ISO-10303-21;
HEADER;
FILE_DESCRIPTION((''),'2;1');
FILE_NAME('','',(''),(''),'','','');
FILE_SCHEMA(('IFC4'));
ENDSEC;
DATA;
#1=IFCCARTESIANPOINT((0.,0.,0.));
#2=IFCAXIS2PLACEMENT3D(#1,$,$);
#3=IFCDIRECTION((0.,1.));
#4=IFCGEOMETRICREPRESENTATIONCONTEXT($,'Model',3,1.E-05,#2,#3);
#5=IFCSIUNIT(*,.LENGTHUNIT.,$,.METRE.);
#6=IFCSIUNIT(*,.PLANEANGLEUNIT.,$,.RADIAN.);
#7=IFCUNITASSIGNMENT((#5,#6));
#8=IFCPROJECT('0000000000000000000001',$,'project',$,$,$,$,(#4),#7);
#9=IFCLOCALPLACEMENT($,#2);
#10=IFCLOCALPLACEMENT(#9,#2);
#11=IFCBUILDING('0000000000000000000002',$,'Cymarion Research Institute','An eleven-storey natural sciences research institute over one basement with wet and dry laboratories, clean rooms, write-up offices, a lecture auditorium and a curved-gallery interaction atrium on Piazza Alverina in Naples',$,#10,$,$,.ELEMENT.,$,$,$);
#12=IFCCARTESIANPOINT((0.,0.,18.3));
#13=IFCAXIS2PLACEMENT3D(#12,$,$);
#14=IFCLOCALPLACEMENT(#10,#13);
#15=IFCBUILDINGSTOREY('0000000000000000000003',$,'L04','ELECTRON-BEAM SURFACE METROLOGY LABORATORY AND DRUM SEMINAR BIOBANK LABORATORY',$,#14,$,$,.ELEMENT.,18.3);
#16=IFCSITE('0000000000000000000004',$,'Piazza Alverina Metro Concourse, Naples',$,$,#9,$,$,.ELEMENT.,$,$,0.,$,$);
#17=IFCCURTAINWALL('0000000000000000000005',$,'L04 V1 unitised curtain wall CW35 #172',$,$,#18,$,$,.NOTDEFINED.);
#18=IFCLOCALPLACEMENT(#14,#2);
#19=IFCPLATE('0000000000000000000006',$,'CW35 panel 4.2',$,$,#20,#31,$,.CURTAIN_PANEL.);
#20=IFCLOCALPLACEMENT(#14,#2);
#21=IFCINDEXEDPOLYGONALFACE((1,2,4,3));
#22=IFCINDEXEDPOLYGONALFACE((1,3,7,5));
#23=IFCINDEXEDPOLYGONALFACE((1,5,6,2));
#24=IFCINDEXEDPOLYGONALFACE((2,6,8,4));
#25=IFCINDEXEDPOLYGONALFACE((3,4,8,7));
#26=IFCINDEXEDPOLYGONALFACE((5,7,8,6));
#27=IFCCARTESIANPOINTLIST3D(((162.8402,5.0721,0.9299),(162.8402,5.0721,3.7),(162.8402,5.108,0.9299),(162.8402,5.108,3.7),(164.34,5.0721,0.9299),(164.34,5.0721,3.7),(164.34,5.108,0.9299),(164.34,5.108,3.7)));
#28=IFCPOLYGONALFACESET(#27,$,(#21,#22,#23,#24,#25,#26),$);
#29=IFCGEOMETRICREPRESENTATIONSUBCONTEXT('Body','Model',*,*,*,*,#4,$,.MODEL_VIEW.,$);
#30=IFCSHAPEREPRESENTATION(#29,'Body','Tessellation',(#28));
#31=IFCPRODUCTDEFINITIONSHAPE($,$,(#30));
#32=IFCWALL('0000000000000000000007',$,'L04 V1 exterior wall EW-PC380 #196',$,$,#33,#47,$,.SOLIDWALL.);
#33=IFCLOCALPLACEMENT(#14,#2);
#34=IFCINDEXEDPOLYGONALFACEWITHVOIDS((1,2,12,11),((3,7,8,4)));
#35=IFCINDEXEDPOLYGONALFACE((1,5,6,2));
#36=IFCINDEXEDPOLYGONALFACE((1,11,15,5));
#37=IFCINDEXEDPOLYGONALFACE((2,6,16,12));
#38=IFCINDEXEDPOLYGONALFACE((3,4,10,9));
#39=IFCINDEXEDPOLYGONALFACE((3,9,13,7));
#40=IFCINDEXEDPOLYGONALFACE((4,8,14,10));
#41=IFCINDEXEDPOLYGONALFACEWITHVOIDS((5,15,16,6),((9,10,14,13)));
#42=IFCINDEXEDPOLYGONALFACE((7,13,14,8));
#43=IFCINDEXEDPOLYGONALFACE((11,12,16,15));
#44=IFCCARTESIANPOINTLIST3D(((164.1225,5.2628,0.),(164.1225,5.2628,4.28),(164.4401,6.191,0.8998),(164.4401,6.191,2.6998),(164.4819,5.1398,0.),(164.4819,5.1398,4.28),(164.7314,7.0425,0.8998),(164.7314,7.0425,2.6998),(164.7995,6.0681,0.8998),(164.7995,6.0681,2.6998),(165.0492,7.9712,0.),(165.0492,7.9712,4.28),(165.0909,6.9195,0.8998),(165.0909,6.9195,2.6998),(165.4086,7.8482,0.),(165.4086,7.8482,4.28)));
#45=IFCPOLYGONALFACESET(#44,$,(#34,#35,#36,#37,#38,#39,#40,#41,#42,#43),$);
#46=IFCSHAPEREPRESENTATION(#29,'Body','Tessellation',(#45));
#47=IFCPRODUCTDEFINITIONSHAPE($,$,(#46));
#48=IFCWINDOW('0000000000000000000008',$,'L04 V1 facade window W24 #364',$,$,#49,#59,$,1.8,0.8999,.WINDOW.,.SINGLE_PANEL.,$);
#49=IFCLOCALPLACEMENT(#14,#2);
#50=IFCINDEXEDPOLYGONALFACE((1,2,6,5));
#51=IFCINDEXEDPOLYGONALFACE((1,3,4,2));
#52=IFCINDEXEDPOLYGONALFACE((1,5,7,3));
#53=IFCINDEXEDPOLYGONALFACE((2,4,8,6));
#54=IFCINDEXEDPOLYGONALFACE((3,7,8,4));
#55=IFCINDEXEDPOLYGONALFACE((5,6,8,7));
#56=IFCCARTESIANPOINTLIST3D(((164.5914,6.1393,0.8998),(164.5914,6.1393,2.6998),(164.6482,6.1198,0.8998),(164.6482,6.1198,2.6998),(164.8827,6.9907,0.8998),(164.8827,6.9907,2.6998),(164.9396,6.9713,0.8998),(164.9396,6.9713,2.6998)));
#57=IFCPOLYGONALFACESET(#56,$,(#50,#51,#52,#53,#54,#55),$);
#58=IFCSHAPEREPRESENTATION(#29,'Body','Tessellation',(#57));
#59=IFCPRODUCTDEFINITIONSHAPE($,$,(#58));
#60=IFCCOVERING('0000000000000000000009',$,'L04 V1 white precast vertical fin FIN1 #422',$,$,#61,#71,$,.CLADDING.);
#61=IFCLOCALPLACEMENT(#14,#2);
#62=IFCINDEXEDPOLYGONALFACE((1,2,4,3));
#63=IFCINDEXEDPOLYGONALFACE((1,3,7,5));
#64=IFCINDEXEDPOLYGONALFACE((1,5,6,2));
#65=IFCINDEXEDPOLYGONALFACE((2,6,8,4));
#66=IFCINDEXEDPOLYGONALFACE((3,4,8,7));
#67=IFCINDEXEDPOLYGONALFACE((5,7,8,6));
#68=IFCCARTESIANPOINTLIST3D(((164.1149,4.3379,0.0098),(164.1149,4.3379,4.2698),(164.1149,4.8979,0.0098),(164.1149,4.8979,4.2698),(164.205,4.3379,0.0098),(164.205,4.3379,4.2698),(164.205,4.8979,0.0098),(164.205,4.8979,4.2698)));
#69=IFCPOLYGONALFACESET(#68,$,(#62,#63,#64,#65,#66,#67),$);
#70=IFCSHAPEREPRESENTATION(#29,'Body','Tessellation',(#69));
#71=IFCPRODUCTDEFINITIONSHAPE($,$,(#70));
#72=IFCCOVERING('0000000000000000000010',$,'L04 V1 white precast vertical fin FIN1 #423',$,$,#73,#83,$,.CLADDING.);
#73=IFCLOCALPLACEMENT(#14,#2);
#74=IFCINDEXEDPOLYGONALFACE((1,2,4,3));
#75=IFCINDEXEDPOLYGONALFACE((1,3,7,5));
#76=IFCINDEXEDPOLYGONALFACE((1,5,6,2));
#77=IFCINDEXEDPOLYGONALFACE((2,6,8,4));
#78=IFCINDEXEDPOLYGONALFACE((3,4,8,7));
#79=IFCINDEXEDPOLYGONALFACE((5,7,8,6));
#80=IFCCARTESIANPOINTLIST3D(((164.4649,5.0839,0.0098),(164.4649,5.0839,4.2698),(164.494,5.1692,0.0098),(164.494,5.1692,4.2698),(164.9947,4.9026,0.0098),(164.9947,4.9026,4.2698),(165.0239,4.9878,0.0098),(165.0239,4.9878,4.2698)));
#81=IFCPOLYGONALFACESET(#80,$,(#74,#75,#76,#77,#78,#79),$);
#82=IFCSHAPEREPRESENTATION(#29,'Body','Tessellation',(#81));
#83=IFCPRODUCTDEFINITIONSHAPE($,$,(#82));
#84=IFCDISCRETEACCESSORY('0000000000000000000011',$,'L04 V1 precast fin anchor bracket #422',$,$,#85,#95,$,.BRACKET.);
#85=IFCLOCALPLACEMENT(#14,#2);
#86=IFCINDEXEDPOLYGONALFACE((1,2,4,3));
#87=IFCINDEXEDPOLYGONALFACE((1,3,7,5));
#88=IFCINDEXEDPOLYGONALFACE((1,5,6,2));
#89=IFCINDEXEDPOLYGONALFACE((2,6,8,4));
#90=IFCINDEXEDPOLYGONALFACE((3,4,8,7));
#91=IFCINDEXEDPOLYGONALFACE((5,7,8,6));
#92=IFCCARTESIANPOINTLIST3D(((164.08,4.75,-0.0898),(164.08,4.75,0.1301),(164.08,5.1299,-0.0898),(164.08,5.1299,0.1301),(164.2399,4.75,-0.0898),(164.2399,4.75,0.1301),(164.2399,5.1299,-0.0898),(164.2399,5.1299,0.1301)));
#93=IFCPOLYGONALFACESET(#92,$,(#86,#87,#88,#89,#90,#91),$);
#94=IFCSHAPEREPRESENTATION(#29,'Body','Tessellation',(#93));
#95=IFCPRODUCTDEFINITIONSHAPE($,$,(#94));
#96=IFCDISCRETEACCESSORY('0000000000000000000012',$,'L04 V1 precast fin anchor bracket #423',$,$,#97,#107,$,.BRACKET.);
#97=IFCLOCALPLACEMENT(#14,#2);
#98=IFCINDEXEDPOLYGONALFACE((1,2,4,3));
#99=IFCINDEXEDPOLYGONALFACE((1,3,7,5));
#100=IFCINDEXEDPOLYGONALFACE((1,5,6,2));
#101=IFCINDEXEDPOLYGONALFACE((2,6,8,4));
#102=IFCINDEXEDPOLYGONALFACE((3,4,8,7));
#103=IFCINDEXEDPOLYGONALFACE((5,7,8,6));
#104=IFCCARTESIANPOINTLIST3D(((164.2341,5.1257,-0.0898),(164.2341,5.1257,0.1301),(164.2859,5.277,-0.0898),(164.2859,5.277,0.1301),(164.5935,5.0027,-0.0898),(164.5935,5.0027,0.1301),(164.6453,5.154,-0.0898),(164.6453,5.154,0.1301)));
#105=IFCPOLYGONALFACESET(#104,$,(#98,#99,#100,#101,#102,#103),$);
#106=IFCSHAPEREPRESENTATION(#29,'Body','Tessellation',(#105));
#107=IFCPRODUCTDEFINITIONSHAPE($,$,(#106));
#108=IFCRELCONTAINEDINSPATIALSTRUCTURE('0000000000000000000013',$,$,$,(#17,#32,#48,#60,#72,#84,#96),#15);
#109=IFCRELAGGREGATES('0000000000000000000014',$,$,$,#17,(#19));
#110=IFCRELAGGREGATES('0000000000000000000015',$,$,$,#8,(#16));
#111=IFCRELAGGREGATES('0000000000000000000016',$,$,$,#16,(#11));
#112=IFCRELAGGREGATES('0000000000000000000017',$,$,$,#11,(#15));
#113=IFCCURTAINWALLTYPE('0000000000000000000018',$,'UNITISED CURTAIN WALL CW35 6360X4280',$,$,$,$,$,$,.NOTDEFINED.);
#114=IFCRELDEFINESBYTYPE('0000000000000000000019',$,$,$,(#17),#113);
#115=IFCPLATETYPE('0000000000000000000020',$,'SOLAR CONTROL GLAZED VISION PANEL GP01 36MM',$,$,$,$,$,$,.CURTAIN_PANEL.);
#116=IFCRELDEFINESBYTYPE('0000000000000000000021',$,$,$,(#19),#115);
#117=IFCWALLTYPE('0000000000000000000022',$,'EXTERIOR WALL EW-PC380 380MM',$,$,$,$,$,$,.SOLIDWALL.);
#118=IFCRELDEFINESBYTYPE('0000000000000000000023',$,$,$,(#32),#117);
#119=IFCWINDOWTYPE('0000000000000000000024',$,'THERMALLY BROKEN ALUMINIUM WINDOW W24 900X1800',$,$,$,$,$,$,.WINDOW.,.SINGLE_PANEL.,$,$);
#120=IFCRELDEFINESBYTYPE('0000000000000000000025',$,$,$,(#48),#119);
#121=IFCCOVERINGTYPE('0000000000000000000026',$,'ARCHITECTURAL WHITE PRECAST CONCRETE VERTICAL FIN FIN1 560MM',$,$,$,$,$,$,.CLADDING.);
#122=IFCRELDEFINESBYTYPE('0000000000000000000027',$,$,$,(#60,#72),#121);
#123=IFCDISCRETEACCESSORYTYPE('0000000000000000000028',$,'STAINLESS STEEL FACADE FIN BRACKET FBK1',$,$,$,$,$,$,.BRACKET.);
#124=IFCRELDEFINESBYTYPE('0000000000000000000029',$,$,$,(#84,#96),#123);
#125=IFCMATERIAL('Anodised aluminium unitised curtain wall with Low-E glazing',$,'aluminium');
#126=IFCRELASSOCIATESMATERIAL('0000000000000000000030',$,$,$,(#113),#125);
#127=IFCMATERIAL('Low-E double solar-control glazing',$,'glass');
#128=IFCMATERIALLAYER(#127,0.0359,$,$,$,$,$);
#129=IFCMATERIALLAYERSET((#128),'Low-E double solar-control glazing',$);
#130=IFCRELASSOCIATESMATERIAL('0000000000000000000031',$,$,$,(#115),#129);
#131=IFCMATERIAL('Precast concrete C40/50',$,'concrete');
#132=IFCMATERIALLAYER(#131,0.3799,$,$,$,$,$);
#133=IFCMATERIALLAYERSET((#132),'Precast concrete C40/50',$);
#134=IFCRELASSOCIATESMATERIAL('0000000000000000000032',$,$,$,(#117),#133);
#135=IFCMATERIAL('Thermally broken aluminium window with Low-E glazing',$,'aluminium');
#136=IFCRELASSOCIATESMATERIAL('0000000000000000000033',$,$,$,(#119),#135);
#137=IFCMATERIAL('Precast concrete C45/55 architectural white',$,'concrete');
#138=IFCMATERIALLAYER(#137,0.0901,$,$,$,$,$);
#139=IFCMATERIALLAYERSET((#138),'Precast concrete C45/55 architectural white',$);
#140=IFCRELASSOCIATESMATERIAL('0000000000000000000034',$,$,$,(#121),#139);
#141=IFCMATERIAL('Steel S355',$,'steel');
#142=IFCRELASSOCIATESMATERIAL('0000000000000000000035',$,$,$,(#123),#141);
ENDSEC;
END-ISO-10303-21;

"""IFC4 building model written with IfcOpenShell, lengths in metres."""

from ifc_helpers import new_model, si_unit, direction, frame, frame_2d, origin, origin_2d, place, context, subcontext, project, spatial, rectangle, extrude, material, layer, layer_set, type_object, element, fill, aggregate, save


model = new_model("IFC4")

# Units and contexts
model_context = context("Model", 3, precision=1e-05, world=origin(), true_north=direction((0.0, 1.0)))
body_context = subcontext(model_context, "Body", "Model", "MODEL_VIEW")
ifc_project = project(units=[si_unit("LENGTHUNIT", "METRE"), si_unit("PLANEANGLEUNIT", "RADIAN")], contexts=[model_context])

# Site, building, storey
site_placement = place(None, origin())
site = spatial("IfcSite", under=ifc_project, at=site_placement, Name="Piazza Alverina Metro Concourse, Naples", CompositionType="ELEMENT", RefElevation=0.0)
building_placement = place(site_placement, origin())
building = spatial("IfcBuilding", under=site, at=building_placement, Name="Cymarion Research Institute", Description="An eleven-storey natural sciences research institute over one basement with wet and dry laboratories, clean rooms, write-up offices, a lecture auditorium and a curved-gallery interaction atrium on Piazza Alverina in Naples", CompositionType="ELEMENT")
storey_placement = place(building_placement, frame((0.0, 0.0, 18.3)))
storey = spatial("IfcBuildingStorey", under=building, at=storey_placement, Name="L04", Description="ELECTRON-BEAM SURFACE METROLOGY LABORATORY AND DRUM SEMINAR BIOBANK LABORATORY", CompositionType="ELEMENT", Elevation=18.3)

# Curtain wall, plate
ifc_material_1 = material(Name="Anodised aluminium unitised curtain wall with Low-E glazing", Category="aluminium")
curtain_wall_type = type_object("IfcCurtainWallType", Name="UNITISED CURTAIN WALL CW35 6360X4280", PredefinedType="NOTDEFINED", material=ifc_material_1)
curtain_wall_placement = place(storey_placement, origin())
curtain_wall = element("IfcCurtainWall", 1, at=curtain_wall_placement, inside=storey, type_object=curtain_wall_type, Name="L04 V1 unitised curtain wall CW35 #172", PredefinedType="NOTDEFINED")
ifc_material_2 = material(Name="Low-E double solar-control glazing", Category="glass")
ifc_layer_1 = layer(ifc_material_2, 0.0359)
ifc_layer_set_1 = layer_set([ifc_layer_1], Name="Low-E double solar-control glazing")
plate_type_1 = type_object("IfcPlateType", Name="SOLAR CONTROL GLAZED VISION PANEL GP01 36MM", PredefinedType="CURTAIN_PANEL", material=ifc_layer_set_1)
plate_1_placement = place(storey_placement, frame((163.5901, 5.0901, 0.9299), z_axis=(0.0, 0.0, 1.0), x_axis=(1.0, 0.0, 0.0)))
plate_1 = element("IfcPlate", 2, at=plate_1_placement, type_object=plate_type_1, Name="CW35 panel 4.2", PredefinedType="CURTAIN_PANEL", context=body_context, shape_type="SweptSolid", body=[
    extrude(rectangle(XDim=1.4998, YDim=0.0359, at=origin_2d()), origin(), (0.0, 0.0, 1.0), 2.77),
])
aggregate(curtain_wall, [plate_1])

# Wall, opening, window
ifc_material_3 = material(Name="Precast concrete C40/50", Category="concrete")
ifc_layer_2 = layer(ifc_material_3, 0.3799)
ifc_layer_set_2 = layer_set([ifc_layer_2], Name="Precast concrete C40/50")
wall_type = type_object("IfcWallType", Name="EXTERIOR WALL EW-PC380 380MM", PredefinedType="SOLIDWALL", material=ifc_layer_set_2)
wall_placement = place(storey_placement, frame((164.3022, 5.2014, 0.0), z_axis=(0.0, 0.0, 1.0), x_axis=(0.32374, 0.946146, 0.0)))
wall = element("IfcWall", 3, at=wall_placement, inside=storey, type_object=wall_type, Name="L04 V1 exterior wall EW-PC380 #196", PredefinedType="SOLIDWALL", context=body_context, shape_type="SweptSolid", body=[
    extrude(rectangle(XDim=2.8625, YDim=0.3799, at=frame_2d((1.4312, 0.0))), origin(), (0.0, 0.0, 1.0), 4.28),
])
opening_placement = place(wall_placement, frame((0.981, 0.0, 0.8999)))
opening = element("IfcOpeningElement", 4, at=opening_placement, cuts=wall, PredefinedType="OPENING", context=body_context, shape_type="SweptSolid", body=[
    extrude(rectangle(XDim=0.8999, YDim=1.8, at=frame_2d((0.45, 0.8999))), frame((0.0, 0.2, 0.0), z_axis=(0.0, -1.0, 0.0), x_axis=(1.0, 0.0, 0.0)), (0.0, 0.0, 1.0), 0.3999),
])
ifc_material_4 = material(Name="Thermally broken aluminium window with Low-E glazing", Category="aluminium")
window_type = type_object("IfcWindowType", Name="THERMALLY BROKEN ALUMINIUM WINDOW W24 900X1800", PartitioningType="SINGLE_PANEL", PredefinedType="WINDOW", material=ifc_material_4)
window_placement = place(opening_placement, origin())
window = element("IfcWindow", 5, at=window_placement, inside=storey, type_object=window_type, Name="L04 V1 facade window W24 #364", OverallHeight=1.8, OverallWidth=0.8999, PartitioningType="SINGLE_PANEL", PredefinedType="WINDOW", context=body_context, shape_type="SweptSolid", body=[
    extrude(rectangle(XDim=0.8999, YDim=1.8, at=frame_2d((0.45, 0.8999))), frame((0.0, 0.03, 0.0), z_axis=(0.0, -1.0, 0.0), x_axis=(1.0, 0.0, 0.0)), (0.0, 0.0, 1.0), 0.0601),
])
fill(opening, window)

# Coverings
ifc_material_5 = material(Name="Precast concrete C45/55 architectural white", Category="concrete")
ifc_layer_3 = layer(ifc_material_5, 0.0901)
ifc_layer_set_3 = layer_set([ifc_layer_3], Name="Precast concrete C45/55 architectural white")
covering_type = type_object("IfcCoveringType", Name="ARCHITECTURAL WHITE PRECAST CONCRETE VERTICAL FIN FIN1 560MM", PredefinedType="CLADDING", material=ifc_layer_set_3)
for number, where, z_axis, x_axis, name in (
    (6, (164.1599, 4.6179, 0.0098), (0.0, 0.0, 1.0), (0.0, -1.0, 0.0), "L04 V1 white precast vertical fin FIN1 #422"),
    (7, (164.7444, 5.0359, 0.0098), (0.0, 0.0, 1.0), (0.946142, -0.323752, 0.0), "L04 V1 white precast vertical fin FIN1 #423"),
):
    element("IfcCovering", number, at=place(storey_placement, frame(where, z_axis=z_axis, x_axis=x_axis)), inside=storey, type_object=covering_type, Name=name, PredefinedType="CLADDING", context=body_context, shape_type="SweptSolid", body=[
        extrude(rectangle(XDim=0.5601, YDim=0.0901, at=origin_2d()), origin(), (0.0, 0.0, 1.0), 4.26),
    ])

# Discrete accessories
ifc_material_6 = material(Name="Steel S355", Category="steel")
discrete_accessory_type = type_object("IfcDiscreteAccessoryType", Name="STAINLESS STEEL FACADE FIN BRACKET FBK1", PredefinedType="BRACKET", material=ifc_material_6)
for number, where, z_axis, x_axis, name in (
    (8, (164.1599, 4.9399, -0.0898), (0.0, 0.0, 1.0), (0.0, -1.0, 0.0), "L04 V1 precast fin anchor bracket #422"),
    (9, (164.4397, 5.1399, -0.0898), (0.0, 0.0, 1.0), (0.946142, -0.323752, 0.0), "L04 V1 precast fin anchor bracket #423"),
):
    element("IfcDiscreteAccessory", number, at=place(storey_placement, frame(where, z_axis=z_axis, x_axis=x_axis)), inside=storey, type_object=discrete_accessory_type, Name=name, PredefinedType="BRACKET", context=body_context, shape_type="SweptSolid", body=[
        extrude(rectangle(XDim=0.3799, YDim=0.1599, at=origin_2d()), origin(), (0.0, 0.0, 1.0), 0.22),
    ])

save(model, "model.ifc")
